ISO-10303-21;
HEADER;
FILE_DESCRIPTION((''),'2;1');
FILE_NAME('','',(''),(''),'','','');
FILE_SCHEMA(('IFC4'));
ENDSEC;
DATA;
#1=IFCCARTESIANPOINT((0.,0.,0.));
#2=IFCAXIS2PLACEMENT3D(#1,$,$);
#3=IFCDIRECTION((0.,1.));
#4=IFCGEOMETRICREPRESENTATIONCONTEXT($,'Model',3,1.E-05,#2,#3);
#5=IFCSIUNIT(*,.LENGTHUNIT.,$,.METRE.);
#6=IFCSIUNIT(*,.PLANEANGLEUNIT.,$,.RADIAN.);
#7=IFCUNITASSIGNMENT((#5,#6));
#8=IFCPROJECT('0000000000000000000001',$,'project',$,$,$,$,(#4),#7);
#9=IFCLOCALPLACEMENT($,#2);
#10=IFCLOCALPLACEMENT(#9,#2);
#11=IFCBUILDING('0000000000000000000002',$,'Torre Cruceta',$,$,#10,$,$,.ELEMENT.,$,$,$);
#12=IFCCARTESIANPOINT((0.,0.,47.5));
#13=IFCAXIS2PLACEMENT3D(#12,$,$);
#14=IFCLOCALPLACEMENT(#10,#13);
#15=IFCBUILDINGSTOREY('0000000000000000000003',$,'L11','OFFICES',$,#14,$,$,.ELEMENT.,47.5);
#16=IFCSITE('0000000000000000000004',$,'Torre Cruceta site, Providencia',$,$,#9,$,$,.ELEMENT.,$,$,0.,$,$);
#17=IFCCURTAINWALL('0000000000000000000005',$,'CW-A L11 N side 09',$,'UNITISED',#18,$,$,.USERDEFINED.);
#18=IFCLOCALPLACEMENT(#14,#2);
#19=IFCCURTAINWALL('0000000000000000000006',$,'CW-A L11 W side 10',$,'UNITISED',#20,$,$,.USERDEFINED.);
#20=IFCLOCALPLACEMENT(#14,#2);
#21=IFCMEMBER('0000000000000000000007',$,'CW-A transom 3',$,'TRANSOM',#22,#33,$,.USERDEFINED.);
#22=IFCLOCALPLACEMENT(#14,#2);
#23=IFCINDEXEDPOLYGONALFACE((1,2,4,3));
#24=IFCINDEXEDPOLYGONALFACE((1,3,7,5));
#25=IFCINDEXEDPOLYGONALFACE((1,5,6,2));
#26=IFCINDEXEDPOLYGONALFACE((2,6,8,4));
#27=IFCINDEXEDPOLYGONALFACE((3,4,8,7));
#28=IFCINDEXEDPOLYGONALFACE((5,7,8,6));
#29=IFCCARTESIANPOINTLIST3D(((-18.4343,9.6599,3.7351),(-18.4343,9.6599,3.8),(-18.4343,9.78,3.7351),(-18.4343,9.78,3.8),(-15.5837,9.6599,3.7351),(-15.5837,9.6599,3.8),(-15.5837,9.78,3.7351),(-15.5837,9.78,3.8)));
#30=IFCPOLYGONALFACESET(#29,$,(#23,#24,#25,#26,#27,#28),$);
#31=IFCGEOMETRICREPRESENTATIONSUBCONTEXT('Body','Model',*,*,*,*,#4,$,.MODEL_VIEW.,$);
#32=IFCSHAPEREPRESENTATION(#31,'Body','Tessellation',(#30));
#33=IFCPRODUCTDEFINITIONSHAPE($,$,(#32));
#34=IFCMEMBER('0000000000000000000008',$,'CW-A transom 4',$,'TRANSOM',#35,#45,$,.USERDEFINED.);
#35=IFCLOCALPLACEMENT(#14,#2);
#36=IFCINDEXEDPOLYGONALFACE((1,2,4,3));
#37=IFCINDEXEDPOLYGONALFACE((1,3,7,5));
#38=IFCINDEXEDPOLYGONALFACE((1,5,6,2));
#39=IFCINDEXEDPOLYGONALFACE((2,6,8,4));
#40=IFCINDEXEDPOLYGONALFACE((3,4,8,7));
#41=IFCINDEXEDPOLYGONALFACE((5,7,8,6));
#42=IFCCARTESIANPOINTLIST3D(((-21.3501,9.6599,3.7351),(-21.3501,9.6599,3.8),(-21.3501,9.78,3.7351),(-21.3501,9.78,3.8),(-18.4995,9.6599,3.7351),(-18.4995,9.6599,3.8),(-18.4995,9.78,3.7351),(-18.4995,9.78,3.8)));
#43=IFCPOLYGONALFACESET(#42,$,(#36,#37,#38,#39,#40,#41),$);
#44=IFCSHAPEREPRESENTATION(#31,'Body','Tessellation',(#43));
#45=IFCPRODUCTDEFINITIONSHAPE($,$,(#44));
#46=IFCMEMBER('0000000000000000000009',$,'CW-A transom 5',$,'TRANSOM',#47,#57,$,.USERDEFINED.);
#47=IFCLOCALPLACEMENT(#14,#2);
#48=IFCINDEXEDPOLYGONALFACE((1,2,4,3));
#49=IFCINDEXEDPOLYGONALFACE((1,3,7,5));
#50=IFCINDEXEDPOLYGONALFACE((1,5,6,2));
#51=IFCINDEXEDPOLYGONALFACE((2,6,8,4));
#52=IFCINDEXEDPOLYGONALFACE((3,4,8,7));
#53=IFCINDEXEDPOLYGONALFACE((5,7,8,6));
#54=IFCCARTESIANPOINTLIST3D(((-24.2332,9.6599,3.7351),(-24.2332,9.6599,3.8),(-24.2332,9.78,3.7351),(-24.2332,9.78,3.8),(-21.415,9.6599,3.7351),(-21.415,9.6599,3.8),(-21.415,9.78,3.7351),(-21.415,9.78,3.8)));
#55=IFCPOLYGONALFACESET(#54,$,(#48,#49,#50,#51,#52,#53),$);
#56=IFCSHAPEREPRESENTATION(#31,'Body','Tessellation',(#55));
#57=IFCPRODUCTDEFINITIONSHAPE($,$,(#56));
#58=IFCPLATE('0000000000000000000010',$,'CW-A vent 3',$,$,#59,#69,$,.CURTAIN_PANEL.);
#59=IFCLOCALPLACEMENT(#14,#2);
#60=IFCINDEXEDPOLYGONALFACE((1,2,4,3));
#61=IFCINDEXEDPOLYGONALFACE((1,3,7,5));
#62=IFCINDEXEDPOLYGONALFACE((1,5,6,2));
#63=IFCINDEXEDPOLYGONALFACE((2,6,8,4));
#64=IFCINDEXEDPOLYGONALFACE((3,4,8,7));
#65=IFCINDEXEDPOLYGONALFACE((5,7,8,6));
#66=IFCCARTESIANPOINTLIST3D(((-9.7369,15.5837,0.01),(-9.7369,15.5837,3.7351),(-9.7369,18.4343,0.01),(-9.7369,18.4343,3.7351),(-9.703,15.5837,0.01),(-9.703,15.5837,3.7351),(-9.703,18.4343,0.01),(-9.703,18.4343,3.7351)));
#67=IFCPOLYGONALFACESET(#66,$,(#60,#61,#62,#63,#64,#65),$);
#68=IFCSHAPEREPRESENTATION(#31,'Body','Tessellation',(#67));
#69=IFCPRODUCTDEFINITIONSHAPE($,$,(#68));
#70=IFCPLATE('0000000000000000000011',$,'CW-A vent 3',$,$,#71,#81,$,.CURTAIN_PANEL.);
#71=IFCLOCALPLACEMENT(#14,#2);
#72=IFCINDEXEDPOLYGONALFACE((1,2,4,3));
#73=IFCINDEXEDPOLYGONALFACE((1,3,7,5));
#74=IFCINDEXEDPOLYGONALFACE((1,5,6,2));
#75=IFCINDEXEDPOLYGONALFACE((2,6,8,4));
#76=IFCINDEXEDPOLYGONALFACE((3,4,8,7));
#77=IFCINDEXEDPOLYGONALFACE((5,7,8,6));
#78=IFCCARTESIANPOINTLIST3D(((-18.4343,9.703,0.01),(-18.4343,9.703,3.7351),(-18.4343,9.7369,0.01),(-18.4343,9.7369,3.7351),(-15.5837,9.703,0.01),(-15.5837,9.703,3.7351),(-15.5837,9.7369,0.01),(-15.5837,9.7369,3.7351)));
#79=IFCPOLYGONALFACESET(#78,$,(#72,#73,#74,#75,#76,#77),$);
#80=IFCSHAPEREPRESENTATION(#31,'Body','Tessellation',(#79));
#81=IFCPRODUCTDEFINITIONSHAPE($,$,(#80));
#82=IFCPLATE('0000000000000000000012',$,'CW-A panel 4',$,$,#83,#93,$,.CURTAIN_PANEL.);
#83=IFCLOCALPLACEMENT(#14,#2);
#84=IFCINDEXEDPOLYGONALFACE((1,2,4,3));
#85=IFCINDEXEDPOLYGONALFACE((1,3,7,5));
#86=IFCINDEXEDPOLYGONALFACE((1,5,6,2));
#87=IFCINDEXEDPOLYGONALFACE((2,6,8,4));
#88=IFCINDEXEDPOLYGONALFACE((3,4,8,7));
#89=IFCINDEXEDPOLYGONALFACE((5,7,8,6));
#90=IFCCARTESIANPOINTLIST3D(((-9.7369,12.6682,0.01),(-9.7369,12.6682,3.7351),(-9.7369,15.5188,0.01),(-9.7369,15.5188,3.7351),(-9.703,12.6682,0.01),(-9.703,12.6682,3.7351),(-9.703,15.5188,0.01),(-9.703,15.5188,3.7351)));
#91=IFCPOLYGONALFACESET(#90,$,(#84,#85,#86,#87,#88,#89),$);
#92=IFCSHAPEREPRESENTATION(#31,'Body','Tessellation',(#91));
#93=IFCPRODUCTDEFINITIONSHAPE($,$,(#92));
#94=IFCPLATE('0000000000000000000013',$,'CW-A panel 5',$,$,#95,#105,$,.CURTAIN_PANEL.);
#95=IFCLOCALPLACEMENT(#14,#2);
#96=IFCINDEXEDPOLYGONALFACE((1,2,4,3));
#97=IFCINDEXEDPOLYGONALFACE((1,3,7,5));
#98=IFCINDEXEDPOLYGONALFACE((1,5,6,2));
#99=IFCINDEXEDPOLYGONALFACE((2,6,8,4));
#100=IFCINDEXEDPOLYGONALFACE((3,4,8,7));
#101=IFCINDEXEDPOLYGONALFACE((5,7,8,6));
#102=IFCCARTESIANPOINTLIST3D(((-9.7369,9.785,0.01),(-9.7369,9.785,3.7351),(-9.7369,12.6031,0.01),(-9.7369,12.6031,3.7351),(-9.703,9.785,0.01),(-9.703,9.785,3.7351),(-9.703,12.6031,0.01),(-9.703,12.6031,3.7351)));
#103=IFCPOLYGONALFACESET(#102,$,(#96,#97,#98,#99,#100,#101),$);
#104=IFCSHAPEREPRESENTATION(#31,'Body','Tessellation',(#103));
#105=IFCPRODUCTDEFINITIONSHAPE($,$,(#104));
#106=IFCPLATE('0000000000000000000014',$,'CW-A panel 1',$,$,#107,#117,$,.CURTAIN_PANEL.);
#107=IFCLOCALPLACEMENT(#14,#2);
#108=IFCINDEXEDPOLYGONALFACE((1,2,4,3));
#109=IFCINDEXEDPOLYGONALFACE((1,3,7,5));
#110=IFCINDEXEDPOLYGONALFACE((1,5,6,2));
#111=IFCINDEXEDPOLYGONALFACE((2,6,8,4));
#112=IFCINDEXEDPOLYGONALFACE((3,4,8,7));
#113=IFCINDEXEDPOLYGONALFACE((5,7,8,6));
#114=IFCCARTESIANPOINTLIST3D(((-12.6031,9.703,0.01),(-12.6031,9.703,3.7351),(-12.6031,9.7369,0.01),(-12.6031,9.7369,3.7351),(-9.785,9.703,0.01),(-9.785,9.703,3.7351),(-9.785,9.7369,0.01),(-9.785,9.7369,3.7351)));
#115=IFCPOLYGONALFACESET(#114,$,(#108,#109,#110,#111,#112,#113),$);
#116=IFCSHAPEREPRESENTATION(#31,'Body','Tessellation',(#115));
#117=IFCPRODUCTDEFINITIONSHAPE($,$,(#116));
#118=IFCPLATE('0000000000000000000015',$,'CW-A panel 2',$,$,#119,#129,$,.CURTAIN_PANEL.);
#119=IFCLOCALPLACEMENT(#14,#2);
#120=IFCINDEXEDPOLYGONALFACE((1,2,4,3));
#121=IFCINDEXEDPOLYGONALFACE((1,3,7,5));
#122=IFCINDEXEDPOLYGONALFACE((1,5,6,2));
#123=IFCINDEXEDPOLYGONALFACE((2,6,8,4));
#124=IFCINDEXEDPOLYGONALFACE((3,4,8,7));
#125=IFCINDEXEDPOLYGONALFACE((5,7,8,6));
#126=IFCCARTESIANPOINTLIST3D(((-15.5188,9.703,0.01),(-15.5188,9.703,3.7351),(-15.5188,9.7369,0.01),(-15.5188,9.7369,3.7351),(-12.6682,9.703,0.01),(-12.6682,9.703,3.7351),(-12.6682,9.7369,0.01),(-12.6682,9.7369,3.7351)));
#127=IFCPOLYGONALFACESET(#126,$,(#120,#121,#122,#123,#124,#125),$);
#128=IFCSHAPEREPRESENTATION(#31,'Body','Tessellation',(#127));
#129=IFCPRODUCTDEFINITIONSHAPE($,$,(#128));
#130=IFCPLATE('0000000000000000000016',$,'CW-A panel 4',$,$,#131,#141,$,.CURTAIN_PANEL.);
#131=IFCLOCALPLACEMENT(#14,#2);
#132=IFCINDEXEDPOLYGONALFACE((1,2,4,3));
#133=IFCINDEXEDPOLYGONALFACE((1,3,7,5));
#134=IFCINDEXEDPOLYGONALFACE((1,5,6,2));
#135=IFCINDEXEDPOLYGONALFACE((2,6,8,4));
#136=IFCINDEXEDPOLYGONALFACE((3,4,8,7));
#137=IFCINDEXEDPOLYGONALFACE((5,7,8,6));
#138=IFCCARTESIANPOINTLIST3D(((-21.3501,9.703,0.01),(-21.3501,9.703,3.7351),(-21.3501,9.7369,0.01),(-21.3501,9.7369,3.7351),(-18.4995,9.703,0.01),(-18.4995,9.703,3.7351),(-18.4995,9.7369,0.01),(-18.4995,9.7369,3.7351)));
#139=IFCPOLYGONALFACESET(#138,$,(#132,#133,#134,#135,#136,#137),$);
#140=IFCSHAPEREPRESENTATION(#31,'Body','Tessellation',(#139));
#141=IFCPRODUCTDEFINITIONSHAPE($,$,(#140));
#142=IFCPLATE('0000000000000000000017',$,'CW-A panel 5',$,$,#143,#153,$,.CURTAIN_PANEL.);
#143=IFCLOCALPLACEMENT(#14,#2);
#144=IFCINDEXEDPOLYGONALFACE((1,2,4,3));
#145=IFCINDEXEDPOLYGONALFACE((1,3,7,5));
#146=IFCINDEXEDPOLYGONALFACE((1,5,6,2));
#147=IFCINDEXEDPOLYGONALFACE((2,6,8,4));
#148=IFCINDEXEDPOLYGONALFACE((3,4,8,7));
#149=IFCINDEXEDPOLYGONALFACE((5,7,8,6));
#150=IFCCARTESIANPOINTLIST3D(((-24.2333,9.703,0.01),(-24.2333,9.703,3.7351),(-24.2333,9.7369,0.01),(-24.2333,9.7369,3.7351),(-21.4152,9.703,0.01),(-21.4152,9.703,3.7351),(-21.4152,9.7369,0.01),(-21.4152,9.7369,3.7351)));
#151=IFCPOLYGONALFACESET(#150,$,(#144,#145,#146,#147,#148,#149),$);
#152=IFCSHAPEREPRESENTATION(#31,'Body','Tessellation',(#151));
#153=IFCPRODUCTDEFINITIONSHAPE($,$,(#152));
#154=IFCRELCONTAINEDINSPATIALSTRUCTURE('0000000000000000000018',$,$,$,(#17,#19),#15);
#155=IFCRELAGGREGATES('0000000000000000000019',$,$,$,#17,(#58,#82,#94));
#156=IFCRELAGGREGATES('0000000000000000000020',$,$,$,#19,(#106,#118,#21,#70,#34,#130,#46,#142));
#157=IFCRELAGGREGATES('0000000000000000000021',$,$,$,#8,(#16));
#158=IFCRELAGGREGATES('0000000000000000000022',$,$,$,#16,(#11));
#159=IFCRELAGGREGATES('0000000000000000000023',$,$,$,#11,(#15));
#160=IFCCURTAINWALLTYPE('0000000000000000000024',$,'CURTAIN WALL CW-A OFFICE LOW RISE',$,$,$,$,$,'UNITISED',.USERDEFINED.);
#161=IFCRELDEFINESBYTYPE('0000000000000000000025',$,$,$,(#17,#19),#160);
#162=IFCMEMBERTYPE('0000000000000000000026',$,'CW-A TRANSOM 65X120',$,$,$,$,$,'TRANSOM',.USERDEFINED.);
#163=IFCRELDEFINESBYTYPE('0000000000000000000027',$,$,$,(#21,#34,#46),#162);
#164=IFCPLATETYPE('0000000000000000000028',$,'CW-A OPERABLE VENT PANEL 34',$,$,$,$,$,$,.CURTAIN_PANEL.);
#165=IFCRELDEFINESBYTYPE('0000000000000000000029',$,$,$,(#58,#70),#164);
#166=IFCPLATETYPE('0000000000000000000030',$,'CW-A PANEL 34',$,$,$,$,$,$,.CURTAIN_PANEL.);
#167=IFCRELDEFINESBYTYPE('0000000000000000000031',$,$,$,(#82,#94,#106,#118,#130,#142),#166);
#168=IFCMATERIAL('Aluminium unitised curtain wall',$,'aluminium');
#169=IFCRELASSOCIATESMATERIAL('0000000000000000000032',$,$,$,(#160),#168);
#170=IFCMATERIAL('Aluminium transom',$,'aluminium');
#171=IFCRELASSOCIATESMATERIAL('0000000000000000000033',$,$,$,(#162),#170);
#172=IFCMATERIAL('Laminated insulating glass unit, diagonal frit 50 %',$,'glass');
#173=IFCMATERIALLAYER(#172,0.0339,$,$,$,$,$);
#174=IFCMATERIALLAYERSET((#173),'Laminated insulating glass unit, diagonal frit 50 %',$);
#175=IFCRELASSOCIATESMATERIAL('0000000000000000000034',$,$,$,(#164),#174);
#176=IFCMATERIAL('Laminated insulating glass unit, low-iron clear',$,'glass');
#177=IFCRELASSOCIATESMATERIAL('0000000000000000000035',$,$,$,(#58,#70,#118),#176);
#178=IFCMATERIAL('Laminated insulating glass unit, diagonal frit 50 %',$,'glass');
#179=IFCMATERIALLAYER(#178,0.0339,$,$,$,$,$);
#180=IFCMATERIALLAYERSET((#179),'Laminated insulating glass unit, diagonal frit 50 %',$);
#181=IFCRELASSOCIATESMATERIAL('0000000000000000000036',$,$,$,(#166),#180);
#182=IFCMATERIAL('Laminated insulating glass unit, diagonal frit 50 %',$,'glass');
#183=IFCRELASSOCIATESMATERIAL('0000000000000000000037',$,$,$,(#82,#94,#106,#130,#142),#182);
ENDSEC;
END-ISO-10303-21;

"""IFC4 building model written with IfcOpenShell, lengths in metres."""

from ifc_helpers import new_model, si_unit, direction, frame, origin, origin_2d, place, context, subcontext, project, spatial, rectangle, extrude, material, layer, layer_set, material_profile, profile_set, type_object, element, aggregate, save


model = new_model("IFC4")

# Units and contexts
model_context = context("Model", 3, precision=1e-05, world=origin(), true_north=direction((0.0, 1.0)))
body_context = subcontext(model_context, "Body", "Model", "MODEL_VIEW")
ifc_project = project(units=[si_unit("LENGTHUNIT", "METRE"), si_unit("PLANEANGLEUNIT", "RADIAN")], contexts=[model_context])

# Site, building, storey
site_placement = place(None, origin())
site = spatial("IfcSite", under=ifc_project, at=site_placement, Name="Torre Cruceta site, Providencia", CompositionType="ELEMENT", RefElevation=0.0)
building_placement = place(site_placement, origin())
building = spatial("IfcBuilding", under=site, at=building_placement, Name="Torre Cruceta", CompositionType="ELEMENT")
storey_placement = place(building_placement, frame((0.0, 0.0, 47.5)))
storey = spatial("IfcBuildingStorey", under=building, at=storey_placement, Name="L11", Description="OFFICES", CompositionType="ELEMENT", Elevation=47.5)

# Curtain walls
ifc_material_1 = material(Name="Aluminium unitised curtain wall", Category="aluminium")
curtain_wall_type = type_object("IfcCurtainWallType", Name="CURTAIN WALL CW-A OFFICE LOW RISE", ElementType="UNITISED", PredefinedType="USERDEFINED", material=ifc_material_1)
curtain_wall_1_placement = place(storey_placement, origin())
curtain_wall_1 = element("IfcCurtainWall", 1, at=curtain_wall_1_placement, inside=storey, type_object=curtain_wall_type, Name="CW-A L11 N side 09", ObjectType="UNITISED", PredefinedType="USERDEFINED")
curtain_wall_2_placement = place(storey_placement, origin())
curtain_wall_2 = element("IfcCurtainWall", 2, at=curtain_wall_2_placement, inside=storey, type_object=curtain_wall_type, Name="CW-A L11 W side 10", ObjectType="UNITISED", PredefinedType="USERDEFINED")

# Members
ifc_material_2 = material(Name="Aluminium transom", Category="aluminium")
ifc_material_profile_1 = material_profile(ifc_material_2, rectangle(XDim=0.1201, YDim=0.0649, at=origin_2d()), Name="AL 120X65")
ifc_profile_set_1 = profile_set([ifc_material_profile_1], Name="Aluminium transom")
member_type_1 = type_object("IfcMemberType", Name="CW-A TRANSOM 65X120", ElementType="TRANSOM", PredefinedType="USERDEFINED", material=ifc_profile_set_1)
member_1_placement = place(storey_placement, frame((-15.5837, 9.72, 3.7676), z_axis=(-1.0, 0.0, 0.0), x_axis=(0.0, -1.0, 0.0)))
member_1 = element("IfcMember", 3, at=member_1_placement, type_object=member_type_1, Name="CW-A transom 3", ObjectType="TRANSOM", PredefinedType="USERDEFINED", context=body_context, shape_type="SweptSolid", body=[
    extrude(rectangle(XDim=0.1201, YDim=0.0649, at=origin_2d()), origin(), (0.0, 0.0, 1.0), 2.8506),
])
member_2_placement = place(storey_placement, frame((-18.4995, 9.72, 3.7676), z_axis=(-1.0, 0.0, 0.0), x_axis=(0.0, -1.0, 0.0)))
member_2 = element("IfcMember", 4, at=member_2_placement, type_object=member_type_1, Name="CW-A transom 4", ObjectType="TRANSOM", PredefinedType="USERDEFINED", context=body_context, shape_type="SweptSolid", body=[
    extrude(rectangle(XDim=0.1201, YDim=0.0649, at=origin_2d()), origin(), (0.0, 0.0, 1.0), 2.8506),
])
member_3_placement = place(storey_placement, frame((-21.415, 9.72, 3.7676), z_axis=(-1.0, 0.0, 0.0), x_axis=(0.0, -1.0, 0.0)))
member_3 = element("IfcMember", 5, at=member_3_placement, type_object=member_type_1, Name="CW-A transom 5", ObjectType="TRANSOM", PredefinedType="USERDEFINED", context=body_context, shape_type="SweptSolid", body=[
    extrude(rectangle(XDim=0.1201, YDim=0.0649, at=origin_2d()), origin(), (0.0, 0.0, 1.0), 2.8181),
])

# Plates
ifc_material_3 = material(Name="Laminated insulating glass unit, low-iron clear", Category="glass")
ifc_material_4 = material(Name="Laminated insulating glass unit, diagonal frit 50 %", Category="glass")
ifc_layer_1 = layer(ifc_material_4, 0.0339)
ifc_layer_set_1 = layer_set([ifc_layer_1], Name="Laminated insulating glass unit, diagonal frit 50 %")
plate_type_1 = type_object("IfcPlateType", Name="CW-A OPERABLE VENT PANEL 34", PredefinedType="CURTAIN_PANEL", material=ifc_layer_set_1)
plate_1_placement = place(storey_placement, frame((-9.72, 17.009, 0.01), z_axis=(0.0, 0.0, 1.0), x_axis=(0.0, -1.0, 0.0)))
plate_1 = element("IfcPlate", 6, at=plate_1_placement, type_object=plate_type_1, material=ifc_material_3, Name="CW-A vent 3", PredefinedType="CURTAIN_PANEL", context=body_context, shape_type="SweptSolid", body=[
    extrude(rectangle(XDim=2.8506, YDim=0.0339, at=origin_2d()), origin(), (0.0, 0.0, 1.0), 3.7251),
])
plate_2_placement = place(storey_placement, frame((-17.009, 9.72, 0.01), z_axis=(0.0, 0.0, 1.0), x_axis=(-1.0, 0.0, 0.0)))
plate_2 = element("IfcPlate", 7, at=plate_2_placement, type_object=plate_type_1, material=ifc_material_3, Name="CW-A vent 3", PredefinedType="CURTAIN_PANEL", context=body_context, shape_type="SweptSolid", body=[
    extrude(rectangle(XDim=2.8506, YDim=0.0339, at=origin_2d()), origin(), (0.0, 0.0, 1.0), 3.7251),
])
ifc_material_5 = material(Name="Laminated insulating glass unit, diagonal frit 50 %", Category="glass")
ifc_material_6 = material(Name="Laminated insulating glass unit, diagonal frit 50 %", Category="glass")
ifc_layer_2 = layer(ifc_material_6, 0.0339)
ifc_layer_set_2 = layer_set([ifc_layer_2], Name="Laminated insulating glass unit, diagonal frit 50 %")
plate_type_2 = type_object("IfcPlateType", Name="CW-A PANEL 34", PredefinedType="CURTAIN_PANEL", material=ifc_layer_set_2)
plate_3_placement = place(storey_placement, frame((-9.72, 14.0935, 0.01), z_axis=(0.0, 0.0, 1.0), x_axis=(0.0, -1.0, 0.0)))
plate_3 = element("IfcPlate", 8, at=plate_3_placement, type_object=plate_type_2, material=ifc_material_5, Name="CW-A panel 4", PredefinedType="CURTAIN_PANEL", context=body_context, shape_type="SweptSolid", body=[
    extrude(rectangle(XDim=2.8506, YDim=0.0339, at=origin_2d()), origin(), (0.0, 0.0, 1.0), 3.7251),
])
plate_4_placement = place(storey_placement, frame((-9.72, 11.1941, 0.01), z_axis=(0.0, 0.0, 1.0), x_axis=(0.0, -1.0, 0.0)))
plate_4 = element("IfcPlate", 9, at=plate_4_placement, type_object=plate_type_2, material=ifc_material_5, Name="CW-A panel 5", PredefinedType="CURTAIN_PANEL", context=body_context, shape_type="SweptSolid", body=[
    extrude(rectangle(XDim=2.8181, YDim=0.0339, at=origin_2d()), origin(), (0.0, 0.0, 1.0), 3.7251),
])
aggregate(curtain_wall_1, [plate_1, plate_3, plate_4])
plate_5_placement = place(storey_placement, frame((-11.1941, 9.72, 0.01), z_axis=(0.0, 0.0, 1.0), x_axis=(-1.0, 0.0, 0.0)))
plate_5 = element("IfcPlate", 10, at=plate_5_placement, type_object=plate_type_2, material=ifc_material_5, Name="CW-A panel 1", PredefinedType="CURTAIN_PANEL", context=body_context, shape_type="SweptSolid", body=[
    extrude(rectangle(XDim=2.8181, YDim=0.0339, at=origin_2d()), origin(), (0.0, 0.0, 1.0), 3.7251),
])
plate_6_placement = place(storey_placement, frame((-14.0935, 9.72, 0.01), z_axis=(0.0, 0.0, 1.0), x_axis=(-1.0, 0.0, 0.0)))
plate_6 = element("IfcPlate", 11, at=plate_6_placement, type_object=plate_type_2, material=ifc_material_3, Name="CW-A panel 2", PredefinedType="CURTAIN_PANEL", context=body_context, shape_type="SweptSolid", body=[
    extrude(rectangle(XDim=2.8506, YDim=0.0339, at=origin_2d()), origin(), (0.0, 0.0, 1.0), 3.7251),
])
plate_7_placement = place(storey_placement, frame((-19.9248, 9.72, 0.01), z_axis=(0.0, 0.0, 1.0), x_axis=(-1.0, 0.0, 0.0)))
plate_7 = element("IfcPlate", 12, at=plate_7_placement, type_object=plate_type_2, material=ifc_material_5, Name="CW-A panel 4", PredefinedType="CURTAIN_PANEL", context=body_context, shape_type="SweptSolid", body=[
    extrude(rectangle(XDim=2.8506, YDim=0.0339, at=origin_2d()), origin(), (0.0, 0.0, 1.0), 3.7251),
])
plate_8_placement = place(storey_placement, frame((-22.8242, 9.72, 0.01), z_axis=(0.0, 0.0, 1.0), x_axis=(-1.0, 0.0, 0.0)))
plate_8 = element("IfcPlate", 13, at=plate_8_placement, type_object=plate_type_2, material=ifc_material_5, Name="CW-A panel 5", PredefinedType="CURTAIN_PANEL", context=body_context, shape_type="SweptSolid", body=[
    extrude(rectangle(XDim=2.8181, YDim=0.0339, at=origin_2d()), origin(), (0.0, 0.0, 1.0), 3.7251),
])
aggregate(curtain_wall_2, [plate_5, plate_6, member_1, plate_2, member_2, plate_7, member_3, plate_8])

save(model, "model.ifc")
